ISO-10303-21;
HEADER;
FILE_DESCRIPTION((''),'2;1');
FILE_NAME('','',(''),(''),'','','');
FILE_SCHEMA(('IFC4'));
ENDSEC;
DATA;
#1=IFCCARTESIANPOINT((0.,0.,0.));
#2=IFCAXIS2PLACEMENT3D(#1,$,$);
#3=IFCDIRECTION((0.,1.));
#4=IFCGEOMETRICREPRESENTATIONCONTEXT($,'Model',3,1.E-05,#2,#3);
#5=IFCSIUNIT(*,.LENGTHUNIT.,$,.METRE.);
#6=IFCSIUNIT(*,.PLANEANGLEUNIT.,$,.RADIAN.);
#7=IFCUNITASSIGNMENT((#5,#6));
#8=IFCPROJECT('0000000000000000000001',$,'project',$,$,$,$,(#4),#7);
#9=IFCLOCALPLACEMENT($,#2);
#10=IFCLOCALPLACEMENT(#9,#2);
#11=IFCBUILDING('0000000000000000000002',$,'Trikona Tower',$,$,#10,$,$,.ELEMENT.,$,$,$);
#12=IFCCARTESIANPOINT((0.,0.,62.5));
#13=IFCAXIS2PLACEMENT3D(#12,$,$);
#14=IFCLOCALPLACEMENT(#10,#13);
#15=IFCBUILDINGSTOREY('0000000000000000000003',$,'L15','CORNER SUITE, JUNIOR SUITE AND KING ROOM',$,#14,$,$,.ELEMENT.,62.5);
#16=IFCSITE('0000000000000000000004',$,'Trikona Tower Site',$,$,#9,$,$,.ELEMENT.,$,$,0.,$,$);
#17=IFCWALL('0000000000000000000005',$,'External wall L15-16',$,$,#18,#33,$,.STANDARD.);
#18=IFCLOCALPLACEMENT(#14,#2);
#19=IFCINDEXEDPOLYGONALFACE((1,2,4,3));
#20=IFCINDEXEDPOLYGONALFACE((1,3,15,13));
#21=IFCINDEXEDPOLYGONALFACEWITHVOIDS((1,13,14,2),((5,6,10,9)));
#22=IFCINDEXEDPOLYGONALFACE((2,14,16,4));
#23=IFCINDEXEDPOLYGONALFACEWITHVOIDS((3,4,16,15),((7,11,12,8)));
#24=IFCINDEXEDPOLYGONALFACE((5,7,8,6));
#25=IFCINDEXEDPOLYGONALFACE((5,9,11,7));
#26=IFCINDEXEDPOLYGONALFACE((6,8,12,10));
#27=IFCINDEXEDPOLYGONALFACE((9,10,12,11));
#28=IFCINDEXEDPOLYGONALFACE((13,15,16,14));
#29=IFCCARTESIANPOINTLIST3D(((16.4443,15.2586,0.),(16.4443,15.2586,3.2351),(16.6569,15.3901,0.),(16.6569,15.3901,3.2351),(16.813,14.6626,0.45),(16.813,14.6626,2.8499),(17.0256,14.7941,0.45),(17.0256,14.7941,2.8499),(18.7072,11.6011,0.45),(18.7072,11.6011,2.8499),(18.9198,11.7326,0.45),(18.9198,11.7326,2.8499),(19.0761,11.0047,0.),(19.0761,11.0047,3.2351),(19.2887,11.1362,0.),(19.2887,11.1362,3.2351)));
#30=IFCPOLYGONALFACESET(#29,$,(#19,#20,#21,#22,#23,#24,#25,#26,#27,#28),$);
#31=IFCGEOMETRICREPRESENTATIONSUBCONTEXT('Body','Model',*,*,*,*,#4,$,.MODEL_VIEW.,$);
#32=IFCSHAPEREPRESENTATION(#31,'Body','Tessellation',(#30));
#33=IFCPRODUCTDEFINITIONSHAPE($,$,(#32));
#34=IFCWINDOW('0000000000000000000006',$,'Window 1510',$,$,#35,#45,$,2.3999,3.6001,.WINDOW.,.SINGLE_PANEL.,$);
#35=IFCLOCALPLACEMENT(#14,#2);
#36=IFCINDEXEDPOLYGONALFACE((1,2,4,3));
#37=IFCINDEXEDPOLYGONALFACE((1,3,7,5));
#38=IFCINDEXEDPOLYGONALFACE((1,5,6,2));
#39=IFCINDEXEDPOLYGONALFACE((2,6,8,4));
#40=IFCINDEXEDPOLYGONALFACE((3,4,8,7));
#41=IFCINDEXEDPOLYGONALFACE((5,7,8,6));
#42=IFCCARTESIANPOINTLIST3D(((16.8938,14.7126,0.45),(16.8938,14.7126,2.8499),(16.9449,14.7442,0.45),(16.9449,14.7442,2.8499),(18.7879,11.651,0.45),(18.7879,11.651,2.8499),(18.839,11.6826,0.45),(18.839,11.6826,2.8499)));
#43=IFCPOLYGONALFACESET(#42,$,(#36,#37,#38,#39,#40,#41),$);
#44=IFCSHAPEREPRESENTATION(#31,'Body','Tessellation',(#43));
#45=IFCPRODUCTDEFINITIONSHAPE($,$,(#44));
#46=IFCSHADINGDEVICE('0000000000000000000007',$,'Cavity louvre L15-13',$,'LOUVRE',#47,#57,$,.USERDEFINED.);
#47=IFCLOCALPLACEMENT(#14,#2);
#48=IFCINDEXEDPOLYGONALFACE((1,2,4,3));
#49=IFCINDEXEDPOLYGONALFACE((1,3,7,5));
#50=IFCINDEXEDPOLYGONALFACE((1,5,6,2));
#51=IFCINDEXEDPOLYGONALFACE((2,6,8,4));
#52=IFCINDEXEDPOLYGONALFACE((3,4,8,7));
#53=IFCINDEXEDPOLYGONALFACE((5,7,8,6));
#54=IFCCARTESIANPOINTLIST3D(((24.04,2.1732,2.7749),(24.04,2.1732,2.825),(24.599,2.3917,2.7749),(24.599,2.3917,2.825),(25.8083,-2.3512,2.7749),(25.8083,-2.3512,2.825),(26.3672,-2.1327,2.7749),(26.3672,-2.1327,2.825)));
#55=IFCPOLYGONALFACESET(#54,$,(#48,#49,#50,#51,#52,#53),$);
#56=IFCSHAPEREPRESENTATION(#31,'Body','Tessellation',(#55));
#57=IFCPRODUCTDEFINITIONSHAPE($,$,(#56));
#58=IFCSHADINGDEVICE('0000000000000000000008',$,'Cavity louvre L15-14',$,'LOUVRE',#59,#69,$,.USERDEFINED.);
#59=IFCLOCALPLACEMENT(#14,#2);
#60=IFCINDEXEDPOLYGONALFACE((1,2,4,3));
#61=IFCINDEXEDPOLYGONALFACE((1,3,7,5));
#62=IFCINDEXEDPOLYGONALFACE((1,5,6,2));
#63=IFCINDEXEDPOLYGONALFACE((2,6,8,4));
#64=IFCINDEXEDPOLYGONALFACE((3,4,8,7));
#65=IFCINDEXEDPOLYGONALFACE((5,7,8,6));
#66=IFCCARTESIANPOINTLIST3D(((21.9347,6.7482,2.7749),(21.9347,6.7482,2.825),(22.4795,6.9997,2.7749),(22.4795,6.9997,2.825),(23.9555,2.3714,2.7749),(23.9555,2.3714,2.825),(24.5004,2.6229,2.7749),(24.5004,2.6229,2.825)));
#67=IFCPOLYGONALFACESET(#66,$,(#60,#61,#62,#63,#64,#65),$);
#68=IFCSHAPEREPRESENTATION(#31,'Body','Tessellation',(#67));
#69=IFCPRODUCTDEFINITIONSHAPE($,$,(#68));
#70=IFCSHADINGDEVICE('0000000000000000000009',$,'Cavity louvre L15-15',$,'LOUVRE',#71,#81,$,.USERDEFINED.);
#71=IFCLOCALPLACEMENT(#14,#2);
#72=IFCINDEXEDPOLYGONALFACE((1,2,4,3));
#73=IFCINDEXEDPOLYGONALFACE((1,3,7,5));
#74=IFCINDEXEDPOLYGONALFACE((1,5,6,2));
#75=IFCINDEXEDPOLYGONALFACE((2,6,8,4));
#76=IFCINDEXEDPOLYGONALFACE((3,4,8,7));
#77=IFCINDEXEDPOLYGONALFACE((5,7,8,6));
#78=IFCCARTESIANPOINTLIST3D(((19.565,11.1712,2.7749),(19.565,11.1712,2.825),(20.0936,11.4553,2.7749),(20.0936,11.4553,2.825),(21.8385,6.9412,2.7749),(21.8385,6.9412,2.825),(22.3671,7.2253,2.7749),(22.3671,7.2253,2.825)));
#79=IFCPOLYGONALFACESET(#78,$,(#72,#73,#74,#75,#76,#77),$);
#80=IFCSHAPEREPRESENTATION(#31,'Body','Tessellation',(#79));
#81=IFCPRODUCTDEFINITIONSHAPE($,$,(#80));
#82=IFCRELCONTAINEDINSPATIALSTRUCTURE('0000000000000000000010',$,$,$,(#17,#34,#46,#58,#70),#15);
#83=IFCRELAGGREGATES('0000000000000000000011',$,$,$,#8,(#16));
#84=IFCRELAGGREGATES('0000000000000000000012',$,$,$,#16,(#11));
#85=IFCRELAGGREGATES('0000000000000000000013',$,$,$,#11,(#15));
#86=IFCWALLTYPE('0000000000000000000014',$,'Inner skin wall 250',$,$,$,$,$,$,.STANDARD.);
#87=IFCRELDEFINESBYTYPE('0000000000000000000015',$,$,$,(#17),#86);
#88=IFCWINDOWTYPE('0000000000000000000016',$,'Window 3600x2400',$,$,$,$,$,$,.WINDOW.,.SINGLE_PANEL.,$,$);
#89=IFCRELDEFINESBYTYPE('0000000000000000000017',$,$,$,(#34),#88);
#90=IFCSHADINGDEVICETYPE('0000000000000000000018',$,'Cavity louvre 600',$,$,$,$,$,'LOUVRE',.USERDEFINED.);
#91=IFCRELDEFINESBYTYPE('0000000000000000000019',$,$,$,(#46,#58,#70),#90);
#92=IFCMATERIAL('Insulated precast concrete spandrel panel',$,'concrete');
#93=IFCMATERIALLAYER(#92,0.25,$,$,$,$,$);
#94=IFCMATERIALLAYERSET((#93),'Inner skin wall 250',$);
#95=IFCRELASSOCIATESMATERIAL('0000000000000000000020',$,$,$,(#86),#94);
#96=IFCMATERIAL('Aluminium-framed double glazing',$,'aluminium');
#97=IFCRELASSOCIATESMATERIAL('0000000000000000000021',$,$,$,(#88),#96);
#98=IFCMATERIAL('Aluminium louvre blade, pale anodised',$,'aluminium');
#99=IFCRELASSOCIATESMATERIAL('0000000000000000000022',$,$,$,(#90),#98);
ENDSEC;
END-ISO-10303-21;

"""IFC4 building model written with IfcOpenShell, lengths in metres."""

from ifc_helpers import new_model, si_unit, direction, frame, frame_2d, origin, origin_2d, place, context, subcontext, project, spatial, rectangle, extrude, material, layer, layer_set, type_object, element, fill, save


model = new_model("IFC4")

# Units and contexts
model_context = context("Model", 3, precision=1e-05, world=origin(), true_north=direction((0.0, 1.0)))
body_context = subcontext(model_context, "Body", "Model", "MODEL_VIEW")
ifc_project = project(units=[si_unit("LENGTHUNIT", "METRE"), si_unit("PLANEANGLEUNIT", "RADIAN")], contexts=[model_context])

# Site, building, storey
site_placement = place(None, origin())
site = spatial("IfcSite", under=ifc_project, at=site_placement, Name="Trikona Tower Site", CompositionType="ELEMENT", RefElevation=0.0)
building_placement = place(site_placement, origin())
building = spatial("IfcBuilding", under=site, at=building_placement, Name="Trikona Tower", CompositionType="ELEMENT")
storey_placement = place(building_placement, frame((0.0, 0.0, 62.5)))
storey = spatial("IfcBuildingStorey", under=building, at=storey_placement, Name="L15", Description="CORNER SUITE, JUNIOR SUITE AND KING ROOM", CompositionType="ELEMENT", Elevation=62.5)

# Wall, opening, window
ifc_material_1 = material(Name="Insulated precast concrete spandrel panel", Category="concrete")
ifc_layer_1 = layer(ifc_material_1, 0.25)
ifc_layer_set_1 = layer_set([ifc_layer_1], Name="Inner skin wall 250")
wall_type_1 = type_object("IfcWallType", Name="Inner skin wall 250", PredefinedType="STANDARD", material=ifc_layer_set_1)
ifc_material_2 = material(Name="Aluminium-framed double glazing", Category="aluminium")
window_type = type_object("IfcWindowType", Name="Window 3600x2400", PartitioningType="SINGLE_PANEL", PredefinedType="WINDOW", material=ifc_material_2)
wall_1_placement = place(storey_placement, frame((19.1824, 11.0706, 0.0), z_axis=(0.0, 0.0, 1.0), x_axis=(-0.526133, 0.850402, 0.0)))
wall_1 = element("IfcWall", 1, at=wall_1_placement, inside=storey, type_object=wall_type_1, Name="External wall L15-16", PredefinedType="STANDARD", context=body_context, shape_type="SweptSolid", body=[
    extrude(rectangle(XDim=5.0022, YDim=0.25, at=frame_2d((2.501, 0.0))), origin(), (0.0, 0.0, 1.0), 3.2351),
])
opening_1_placement = place(wall_1_placement, frame((0.7012, 0.0, 0.45)))
opening_1 = element("IfcOpeningElement", 2, at=opening_1_placement, cuts=wall_1, PredefinedType="OPENING", context=body_context, shape_type="SweptSolid", body=[
    extrude(rectangle(XDim=3.6001, YDim=2.3999, at=frame_2d((1.8, 1.2))), frame((0.0, 0.135, 0.0), z_axis=(0.0, -1.0, 0.0), x_axis=(1.0, 0.0, 0.0)), (0.0, 0.0, 1.0), 0.27),
])
window_1_placement = place(opening_1_placement, origin())
window_1 = element("IfcWindow", 3, at=window_1_placement, inside=storey, type_object=window_type, Name="Window 1510", OverallHeight=2.3999, OverallWidth=3.6001, PartitioningType="SINGLE_PANEL", PredefinedType="WINDOW", context=body_context, shape_type="SweptSolid", body=[
    extrude(rectangle(XDim=3.6001, YDim=2.3999, at=frame_2d((1.8, 1.2))), frame((0.0, 0.03, 0.0), z_axis=(0.0, -1.0, 0.0), x_axis=(1.0, 0.0, 0.0)), (0.0, 0.0, 1.0), 0.0601),
])
fill(opening_1, window_1)

# Shading devices
ifc_material_3 = material(Name="Aluminium louvre blade, pale anodised", Category="aluminium")
shading_device_type = type_object("IfcShadingDeviceType", Name="Cavity louvre 600", ElementType="LOUVRE", PredefinedType="USERDEFINED", material=ifc_material_3)
shading_device_1_placement = place(storey_placement, frame((25.2036, 0.0203, 2.7749), z_axis=(0.0, 0.0, 1.0), x_axis=(-0.364009, 0.931395, 0.0)))
element("IfcShadingDevice", 4, at=shading_device_1_placement, inside=storey, type_object=shading_device_type, Name="Cavity louvre L15-13", ObjectType="LOUVRE", PredefinedType="USERDEFINED", context=body_context, shape_type="SweptSolid", body=[
    extrude(rectangle(XDim=4.8577, YDim=0.6001, at=origin_2d()), origin(), (0.0, 0.0, 1.0), 0.05),
])
shading_device_2_placement = place(storey_placement, frame((23.2175, 4.6855, 2.7749), z_axis=(0.0, 0.0, 1.0), x_axis=(-0.419194, 0.907897, 0.0)))
element("IfcShadingDevice", 5, at=shading_device_2_placement, inside=storey, type_object=shading_device_type, Name="Cavity louvre L15-14", ObjectType="LOUVRE", PredefinedType="USERDEFINED", context=body_context, shape_type="SweptSolid", body=[
    extrude(rectangle(XDim=4.8208, YDim=0.6001, at=origin_2d()), origin(), (0.0, 0.0, 1.0), 0.05),
])
shading_device_3_placement = place(storey_placement, frame((20.9661, 9.1982, 2.7749), z_axis=(0.0, 0.0, 1.0), x_axis=(-0.473423, 0.880835, 0.0)))
element("IfcShadingDevice", 6, at=shading_device_3_placement, inside=storey, type_object=shading_device_type, Name="Cavity louvre L15-15", ObjectType="LOUVRE", PredefinedType="USERDEFINED", context=body_context, shape_type="SweptSolid", body=[
    extrude(rectangle(XDim=4.8022, YDim=0.6001, at=origin_2d()), origin(), (0.0, 0.0, 1.0), 0.05),
])

save(model, "model.ifc")
